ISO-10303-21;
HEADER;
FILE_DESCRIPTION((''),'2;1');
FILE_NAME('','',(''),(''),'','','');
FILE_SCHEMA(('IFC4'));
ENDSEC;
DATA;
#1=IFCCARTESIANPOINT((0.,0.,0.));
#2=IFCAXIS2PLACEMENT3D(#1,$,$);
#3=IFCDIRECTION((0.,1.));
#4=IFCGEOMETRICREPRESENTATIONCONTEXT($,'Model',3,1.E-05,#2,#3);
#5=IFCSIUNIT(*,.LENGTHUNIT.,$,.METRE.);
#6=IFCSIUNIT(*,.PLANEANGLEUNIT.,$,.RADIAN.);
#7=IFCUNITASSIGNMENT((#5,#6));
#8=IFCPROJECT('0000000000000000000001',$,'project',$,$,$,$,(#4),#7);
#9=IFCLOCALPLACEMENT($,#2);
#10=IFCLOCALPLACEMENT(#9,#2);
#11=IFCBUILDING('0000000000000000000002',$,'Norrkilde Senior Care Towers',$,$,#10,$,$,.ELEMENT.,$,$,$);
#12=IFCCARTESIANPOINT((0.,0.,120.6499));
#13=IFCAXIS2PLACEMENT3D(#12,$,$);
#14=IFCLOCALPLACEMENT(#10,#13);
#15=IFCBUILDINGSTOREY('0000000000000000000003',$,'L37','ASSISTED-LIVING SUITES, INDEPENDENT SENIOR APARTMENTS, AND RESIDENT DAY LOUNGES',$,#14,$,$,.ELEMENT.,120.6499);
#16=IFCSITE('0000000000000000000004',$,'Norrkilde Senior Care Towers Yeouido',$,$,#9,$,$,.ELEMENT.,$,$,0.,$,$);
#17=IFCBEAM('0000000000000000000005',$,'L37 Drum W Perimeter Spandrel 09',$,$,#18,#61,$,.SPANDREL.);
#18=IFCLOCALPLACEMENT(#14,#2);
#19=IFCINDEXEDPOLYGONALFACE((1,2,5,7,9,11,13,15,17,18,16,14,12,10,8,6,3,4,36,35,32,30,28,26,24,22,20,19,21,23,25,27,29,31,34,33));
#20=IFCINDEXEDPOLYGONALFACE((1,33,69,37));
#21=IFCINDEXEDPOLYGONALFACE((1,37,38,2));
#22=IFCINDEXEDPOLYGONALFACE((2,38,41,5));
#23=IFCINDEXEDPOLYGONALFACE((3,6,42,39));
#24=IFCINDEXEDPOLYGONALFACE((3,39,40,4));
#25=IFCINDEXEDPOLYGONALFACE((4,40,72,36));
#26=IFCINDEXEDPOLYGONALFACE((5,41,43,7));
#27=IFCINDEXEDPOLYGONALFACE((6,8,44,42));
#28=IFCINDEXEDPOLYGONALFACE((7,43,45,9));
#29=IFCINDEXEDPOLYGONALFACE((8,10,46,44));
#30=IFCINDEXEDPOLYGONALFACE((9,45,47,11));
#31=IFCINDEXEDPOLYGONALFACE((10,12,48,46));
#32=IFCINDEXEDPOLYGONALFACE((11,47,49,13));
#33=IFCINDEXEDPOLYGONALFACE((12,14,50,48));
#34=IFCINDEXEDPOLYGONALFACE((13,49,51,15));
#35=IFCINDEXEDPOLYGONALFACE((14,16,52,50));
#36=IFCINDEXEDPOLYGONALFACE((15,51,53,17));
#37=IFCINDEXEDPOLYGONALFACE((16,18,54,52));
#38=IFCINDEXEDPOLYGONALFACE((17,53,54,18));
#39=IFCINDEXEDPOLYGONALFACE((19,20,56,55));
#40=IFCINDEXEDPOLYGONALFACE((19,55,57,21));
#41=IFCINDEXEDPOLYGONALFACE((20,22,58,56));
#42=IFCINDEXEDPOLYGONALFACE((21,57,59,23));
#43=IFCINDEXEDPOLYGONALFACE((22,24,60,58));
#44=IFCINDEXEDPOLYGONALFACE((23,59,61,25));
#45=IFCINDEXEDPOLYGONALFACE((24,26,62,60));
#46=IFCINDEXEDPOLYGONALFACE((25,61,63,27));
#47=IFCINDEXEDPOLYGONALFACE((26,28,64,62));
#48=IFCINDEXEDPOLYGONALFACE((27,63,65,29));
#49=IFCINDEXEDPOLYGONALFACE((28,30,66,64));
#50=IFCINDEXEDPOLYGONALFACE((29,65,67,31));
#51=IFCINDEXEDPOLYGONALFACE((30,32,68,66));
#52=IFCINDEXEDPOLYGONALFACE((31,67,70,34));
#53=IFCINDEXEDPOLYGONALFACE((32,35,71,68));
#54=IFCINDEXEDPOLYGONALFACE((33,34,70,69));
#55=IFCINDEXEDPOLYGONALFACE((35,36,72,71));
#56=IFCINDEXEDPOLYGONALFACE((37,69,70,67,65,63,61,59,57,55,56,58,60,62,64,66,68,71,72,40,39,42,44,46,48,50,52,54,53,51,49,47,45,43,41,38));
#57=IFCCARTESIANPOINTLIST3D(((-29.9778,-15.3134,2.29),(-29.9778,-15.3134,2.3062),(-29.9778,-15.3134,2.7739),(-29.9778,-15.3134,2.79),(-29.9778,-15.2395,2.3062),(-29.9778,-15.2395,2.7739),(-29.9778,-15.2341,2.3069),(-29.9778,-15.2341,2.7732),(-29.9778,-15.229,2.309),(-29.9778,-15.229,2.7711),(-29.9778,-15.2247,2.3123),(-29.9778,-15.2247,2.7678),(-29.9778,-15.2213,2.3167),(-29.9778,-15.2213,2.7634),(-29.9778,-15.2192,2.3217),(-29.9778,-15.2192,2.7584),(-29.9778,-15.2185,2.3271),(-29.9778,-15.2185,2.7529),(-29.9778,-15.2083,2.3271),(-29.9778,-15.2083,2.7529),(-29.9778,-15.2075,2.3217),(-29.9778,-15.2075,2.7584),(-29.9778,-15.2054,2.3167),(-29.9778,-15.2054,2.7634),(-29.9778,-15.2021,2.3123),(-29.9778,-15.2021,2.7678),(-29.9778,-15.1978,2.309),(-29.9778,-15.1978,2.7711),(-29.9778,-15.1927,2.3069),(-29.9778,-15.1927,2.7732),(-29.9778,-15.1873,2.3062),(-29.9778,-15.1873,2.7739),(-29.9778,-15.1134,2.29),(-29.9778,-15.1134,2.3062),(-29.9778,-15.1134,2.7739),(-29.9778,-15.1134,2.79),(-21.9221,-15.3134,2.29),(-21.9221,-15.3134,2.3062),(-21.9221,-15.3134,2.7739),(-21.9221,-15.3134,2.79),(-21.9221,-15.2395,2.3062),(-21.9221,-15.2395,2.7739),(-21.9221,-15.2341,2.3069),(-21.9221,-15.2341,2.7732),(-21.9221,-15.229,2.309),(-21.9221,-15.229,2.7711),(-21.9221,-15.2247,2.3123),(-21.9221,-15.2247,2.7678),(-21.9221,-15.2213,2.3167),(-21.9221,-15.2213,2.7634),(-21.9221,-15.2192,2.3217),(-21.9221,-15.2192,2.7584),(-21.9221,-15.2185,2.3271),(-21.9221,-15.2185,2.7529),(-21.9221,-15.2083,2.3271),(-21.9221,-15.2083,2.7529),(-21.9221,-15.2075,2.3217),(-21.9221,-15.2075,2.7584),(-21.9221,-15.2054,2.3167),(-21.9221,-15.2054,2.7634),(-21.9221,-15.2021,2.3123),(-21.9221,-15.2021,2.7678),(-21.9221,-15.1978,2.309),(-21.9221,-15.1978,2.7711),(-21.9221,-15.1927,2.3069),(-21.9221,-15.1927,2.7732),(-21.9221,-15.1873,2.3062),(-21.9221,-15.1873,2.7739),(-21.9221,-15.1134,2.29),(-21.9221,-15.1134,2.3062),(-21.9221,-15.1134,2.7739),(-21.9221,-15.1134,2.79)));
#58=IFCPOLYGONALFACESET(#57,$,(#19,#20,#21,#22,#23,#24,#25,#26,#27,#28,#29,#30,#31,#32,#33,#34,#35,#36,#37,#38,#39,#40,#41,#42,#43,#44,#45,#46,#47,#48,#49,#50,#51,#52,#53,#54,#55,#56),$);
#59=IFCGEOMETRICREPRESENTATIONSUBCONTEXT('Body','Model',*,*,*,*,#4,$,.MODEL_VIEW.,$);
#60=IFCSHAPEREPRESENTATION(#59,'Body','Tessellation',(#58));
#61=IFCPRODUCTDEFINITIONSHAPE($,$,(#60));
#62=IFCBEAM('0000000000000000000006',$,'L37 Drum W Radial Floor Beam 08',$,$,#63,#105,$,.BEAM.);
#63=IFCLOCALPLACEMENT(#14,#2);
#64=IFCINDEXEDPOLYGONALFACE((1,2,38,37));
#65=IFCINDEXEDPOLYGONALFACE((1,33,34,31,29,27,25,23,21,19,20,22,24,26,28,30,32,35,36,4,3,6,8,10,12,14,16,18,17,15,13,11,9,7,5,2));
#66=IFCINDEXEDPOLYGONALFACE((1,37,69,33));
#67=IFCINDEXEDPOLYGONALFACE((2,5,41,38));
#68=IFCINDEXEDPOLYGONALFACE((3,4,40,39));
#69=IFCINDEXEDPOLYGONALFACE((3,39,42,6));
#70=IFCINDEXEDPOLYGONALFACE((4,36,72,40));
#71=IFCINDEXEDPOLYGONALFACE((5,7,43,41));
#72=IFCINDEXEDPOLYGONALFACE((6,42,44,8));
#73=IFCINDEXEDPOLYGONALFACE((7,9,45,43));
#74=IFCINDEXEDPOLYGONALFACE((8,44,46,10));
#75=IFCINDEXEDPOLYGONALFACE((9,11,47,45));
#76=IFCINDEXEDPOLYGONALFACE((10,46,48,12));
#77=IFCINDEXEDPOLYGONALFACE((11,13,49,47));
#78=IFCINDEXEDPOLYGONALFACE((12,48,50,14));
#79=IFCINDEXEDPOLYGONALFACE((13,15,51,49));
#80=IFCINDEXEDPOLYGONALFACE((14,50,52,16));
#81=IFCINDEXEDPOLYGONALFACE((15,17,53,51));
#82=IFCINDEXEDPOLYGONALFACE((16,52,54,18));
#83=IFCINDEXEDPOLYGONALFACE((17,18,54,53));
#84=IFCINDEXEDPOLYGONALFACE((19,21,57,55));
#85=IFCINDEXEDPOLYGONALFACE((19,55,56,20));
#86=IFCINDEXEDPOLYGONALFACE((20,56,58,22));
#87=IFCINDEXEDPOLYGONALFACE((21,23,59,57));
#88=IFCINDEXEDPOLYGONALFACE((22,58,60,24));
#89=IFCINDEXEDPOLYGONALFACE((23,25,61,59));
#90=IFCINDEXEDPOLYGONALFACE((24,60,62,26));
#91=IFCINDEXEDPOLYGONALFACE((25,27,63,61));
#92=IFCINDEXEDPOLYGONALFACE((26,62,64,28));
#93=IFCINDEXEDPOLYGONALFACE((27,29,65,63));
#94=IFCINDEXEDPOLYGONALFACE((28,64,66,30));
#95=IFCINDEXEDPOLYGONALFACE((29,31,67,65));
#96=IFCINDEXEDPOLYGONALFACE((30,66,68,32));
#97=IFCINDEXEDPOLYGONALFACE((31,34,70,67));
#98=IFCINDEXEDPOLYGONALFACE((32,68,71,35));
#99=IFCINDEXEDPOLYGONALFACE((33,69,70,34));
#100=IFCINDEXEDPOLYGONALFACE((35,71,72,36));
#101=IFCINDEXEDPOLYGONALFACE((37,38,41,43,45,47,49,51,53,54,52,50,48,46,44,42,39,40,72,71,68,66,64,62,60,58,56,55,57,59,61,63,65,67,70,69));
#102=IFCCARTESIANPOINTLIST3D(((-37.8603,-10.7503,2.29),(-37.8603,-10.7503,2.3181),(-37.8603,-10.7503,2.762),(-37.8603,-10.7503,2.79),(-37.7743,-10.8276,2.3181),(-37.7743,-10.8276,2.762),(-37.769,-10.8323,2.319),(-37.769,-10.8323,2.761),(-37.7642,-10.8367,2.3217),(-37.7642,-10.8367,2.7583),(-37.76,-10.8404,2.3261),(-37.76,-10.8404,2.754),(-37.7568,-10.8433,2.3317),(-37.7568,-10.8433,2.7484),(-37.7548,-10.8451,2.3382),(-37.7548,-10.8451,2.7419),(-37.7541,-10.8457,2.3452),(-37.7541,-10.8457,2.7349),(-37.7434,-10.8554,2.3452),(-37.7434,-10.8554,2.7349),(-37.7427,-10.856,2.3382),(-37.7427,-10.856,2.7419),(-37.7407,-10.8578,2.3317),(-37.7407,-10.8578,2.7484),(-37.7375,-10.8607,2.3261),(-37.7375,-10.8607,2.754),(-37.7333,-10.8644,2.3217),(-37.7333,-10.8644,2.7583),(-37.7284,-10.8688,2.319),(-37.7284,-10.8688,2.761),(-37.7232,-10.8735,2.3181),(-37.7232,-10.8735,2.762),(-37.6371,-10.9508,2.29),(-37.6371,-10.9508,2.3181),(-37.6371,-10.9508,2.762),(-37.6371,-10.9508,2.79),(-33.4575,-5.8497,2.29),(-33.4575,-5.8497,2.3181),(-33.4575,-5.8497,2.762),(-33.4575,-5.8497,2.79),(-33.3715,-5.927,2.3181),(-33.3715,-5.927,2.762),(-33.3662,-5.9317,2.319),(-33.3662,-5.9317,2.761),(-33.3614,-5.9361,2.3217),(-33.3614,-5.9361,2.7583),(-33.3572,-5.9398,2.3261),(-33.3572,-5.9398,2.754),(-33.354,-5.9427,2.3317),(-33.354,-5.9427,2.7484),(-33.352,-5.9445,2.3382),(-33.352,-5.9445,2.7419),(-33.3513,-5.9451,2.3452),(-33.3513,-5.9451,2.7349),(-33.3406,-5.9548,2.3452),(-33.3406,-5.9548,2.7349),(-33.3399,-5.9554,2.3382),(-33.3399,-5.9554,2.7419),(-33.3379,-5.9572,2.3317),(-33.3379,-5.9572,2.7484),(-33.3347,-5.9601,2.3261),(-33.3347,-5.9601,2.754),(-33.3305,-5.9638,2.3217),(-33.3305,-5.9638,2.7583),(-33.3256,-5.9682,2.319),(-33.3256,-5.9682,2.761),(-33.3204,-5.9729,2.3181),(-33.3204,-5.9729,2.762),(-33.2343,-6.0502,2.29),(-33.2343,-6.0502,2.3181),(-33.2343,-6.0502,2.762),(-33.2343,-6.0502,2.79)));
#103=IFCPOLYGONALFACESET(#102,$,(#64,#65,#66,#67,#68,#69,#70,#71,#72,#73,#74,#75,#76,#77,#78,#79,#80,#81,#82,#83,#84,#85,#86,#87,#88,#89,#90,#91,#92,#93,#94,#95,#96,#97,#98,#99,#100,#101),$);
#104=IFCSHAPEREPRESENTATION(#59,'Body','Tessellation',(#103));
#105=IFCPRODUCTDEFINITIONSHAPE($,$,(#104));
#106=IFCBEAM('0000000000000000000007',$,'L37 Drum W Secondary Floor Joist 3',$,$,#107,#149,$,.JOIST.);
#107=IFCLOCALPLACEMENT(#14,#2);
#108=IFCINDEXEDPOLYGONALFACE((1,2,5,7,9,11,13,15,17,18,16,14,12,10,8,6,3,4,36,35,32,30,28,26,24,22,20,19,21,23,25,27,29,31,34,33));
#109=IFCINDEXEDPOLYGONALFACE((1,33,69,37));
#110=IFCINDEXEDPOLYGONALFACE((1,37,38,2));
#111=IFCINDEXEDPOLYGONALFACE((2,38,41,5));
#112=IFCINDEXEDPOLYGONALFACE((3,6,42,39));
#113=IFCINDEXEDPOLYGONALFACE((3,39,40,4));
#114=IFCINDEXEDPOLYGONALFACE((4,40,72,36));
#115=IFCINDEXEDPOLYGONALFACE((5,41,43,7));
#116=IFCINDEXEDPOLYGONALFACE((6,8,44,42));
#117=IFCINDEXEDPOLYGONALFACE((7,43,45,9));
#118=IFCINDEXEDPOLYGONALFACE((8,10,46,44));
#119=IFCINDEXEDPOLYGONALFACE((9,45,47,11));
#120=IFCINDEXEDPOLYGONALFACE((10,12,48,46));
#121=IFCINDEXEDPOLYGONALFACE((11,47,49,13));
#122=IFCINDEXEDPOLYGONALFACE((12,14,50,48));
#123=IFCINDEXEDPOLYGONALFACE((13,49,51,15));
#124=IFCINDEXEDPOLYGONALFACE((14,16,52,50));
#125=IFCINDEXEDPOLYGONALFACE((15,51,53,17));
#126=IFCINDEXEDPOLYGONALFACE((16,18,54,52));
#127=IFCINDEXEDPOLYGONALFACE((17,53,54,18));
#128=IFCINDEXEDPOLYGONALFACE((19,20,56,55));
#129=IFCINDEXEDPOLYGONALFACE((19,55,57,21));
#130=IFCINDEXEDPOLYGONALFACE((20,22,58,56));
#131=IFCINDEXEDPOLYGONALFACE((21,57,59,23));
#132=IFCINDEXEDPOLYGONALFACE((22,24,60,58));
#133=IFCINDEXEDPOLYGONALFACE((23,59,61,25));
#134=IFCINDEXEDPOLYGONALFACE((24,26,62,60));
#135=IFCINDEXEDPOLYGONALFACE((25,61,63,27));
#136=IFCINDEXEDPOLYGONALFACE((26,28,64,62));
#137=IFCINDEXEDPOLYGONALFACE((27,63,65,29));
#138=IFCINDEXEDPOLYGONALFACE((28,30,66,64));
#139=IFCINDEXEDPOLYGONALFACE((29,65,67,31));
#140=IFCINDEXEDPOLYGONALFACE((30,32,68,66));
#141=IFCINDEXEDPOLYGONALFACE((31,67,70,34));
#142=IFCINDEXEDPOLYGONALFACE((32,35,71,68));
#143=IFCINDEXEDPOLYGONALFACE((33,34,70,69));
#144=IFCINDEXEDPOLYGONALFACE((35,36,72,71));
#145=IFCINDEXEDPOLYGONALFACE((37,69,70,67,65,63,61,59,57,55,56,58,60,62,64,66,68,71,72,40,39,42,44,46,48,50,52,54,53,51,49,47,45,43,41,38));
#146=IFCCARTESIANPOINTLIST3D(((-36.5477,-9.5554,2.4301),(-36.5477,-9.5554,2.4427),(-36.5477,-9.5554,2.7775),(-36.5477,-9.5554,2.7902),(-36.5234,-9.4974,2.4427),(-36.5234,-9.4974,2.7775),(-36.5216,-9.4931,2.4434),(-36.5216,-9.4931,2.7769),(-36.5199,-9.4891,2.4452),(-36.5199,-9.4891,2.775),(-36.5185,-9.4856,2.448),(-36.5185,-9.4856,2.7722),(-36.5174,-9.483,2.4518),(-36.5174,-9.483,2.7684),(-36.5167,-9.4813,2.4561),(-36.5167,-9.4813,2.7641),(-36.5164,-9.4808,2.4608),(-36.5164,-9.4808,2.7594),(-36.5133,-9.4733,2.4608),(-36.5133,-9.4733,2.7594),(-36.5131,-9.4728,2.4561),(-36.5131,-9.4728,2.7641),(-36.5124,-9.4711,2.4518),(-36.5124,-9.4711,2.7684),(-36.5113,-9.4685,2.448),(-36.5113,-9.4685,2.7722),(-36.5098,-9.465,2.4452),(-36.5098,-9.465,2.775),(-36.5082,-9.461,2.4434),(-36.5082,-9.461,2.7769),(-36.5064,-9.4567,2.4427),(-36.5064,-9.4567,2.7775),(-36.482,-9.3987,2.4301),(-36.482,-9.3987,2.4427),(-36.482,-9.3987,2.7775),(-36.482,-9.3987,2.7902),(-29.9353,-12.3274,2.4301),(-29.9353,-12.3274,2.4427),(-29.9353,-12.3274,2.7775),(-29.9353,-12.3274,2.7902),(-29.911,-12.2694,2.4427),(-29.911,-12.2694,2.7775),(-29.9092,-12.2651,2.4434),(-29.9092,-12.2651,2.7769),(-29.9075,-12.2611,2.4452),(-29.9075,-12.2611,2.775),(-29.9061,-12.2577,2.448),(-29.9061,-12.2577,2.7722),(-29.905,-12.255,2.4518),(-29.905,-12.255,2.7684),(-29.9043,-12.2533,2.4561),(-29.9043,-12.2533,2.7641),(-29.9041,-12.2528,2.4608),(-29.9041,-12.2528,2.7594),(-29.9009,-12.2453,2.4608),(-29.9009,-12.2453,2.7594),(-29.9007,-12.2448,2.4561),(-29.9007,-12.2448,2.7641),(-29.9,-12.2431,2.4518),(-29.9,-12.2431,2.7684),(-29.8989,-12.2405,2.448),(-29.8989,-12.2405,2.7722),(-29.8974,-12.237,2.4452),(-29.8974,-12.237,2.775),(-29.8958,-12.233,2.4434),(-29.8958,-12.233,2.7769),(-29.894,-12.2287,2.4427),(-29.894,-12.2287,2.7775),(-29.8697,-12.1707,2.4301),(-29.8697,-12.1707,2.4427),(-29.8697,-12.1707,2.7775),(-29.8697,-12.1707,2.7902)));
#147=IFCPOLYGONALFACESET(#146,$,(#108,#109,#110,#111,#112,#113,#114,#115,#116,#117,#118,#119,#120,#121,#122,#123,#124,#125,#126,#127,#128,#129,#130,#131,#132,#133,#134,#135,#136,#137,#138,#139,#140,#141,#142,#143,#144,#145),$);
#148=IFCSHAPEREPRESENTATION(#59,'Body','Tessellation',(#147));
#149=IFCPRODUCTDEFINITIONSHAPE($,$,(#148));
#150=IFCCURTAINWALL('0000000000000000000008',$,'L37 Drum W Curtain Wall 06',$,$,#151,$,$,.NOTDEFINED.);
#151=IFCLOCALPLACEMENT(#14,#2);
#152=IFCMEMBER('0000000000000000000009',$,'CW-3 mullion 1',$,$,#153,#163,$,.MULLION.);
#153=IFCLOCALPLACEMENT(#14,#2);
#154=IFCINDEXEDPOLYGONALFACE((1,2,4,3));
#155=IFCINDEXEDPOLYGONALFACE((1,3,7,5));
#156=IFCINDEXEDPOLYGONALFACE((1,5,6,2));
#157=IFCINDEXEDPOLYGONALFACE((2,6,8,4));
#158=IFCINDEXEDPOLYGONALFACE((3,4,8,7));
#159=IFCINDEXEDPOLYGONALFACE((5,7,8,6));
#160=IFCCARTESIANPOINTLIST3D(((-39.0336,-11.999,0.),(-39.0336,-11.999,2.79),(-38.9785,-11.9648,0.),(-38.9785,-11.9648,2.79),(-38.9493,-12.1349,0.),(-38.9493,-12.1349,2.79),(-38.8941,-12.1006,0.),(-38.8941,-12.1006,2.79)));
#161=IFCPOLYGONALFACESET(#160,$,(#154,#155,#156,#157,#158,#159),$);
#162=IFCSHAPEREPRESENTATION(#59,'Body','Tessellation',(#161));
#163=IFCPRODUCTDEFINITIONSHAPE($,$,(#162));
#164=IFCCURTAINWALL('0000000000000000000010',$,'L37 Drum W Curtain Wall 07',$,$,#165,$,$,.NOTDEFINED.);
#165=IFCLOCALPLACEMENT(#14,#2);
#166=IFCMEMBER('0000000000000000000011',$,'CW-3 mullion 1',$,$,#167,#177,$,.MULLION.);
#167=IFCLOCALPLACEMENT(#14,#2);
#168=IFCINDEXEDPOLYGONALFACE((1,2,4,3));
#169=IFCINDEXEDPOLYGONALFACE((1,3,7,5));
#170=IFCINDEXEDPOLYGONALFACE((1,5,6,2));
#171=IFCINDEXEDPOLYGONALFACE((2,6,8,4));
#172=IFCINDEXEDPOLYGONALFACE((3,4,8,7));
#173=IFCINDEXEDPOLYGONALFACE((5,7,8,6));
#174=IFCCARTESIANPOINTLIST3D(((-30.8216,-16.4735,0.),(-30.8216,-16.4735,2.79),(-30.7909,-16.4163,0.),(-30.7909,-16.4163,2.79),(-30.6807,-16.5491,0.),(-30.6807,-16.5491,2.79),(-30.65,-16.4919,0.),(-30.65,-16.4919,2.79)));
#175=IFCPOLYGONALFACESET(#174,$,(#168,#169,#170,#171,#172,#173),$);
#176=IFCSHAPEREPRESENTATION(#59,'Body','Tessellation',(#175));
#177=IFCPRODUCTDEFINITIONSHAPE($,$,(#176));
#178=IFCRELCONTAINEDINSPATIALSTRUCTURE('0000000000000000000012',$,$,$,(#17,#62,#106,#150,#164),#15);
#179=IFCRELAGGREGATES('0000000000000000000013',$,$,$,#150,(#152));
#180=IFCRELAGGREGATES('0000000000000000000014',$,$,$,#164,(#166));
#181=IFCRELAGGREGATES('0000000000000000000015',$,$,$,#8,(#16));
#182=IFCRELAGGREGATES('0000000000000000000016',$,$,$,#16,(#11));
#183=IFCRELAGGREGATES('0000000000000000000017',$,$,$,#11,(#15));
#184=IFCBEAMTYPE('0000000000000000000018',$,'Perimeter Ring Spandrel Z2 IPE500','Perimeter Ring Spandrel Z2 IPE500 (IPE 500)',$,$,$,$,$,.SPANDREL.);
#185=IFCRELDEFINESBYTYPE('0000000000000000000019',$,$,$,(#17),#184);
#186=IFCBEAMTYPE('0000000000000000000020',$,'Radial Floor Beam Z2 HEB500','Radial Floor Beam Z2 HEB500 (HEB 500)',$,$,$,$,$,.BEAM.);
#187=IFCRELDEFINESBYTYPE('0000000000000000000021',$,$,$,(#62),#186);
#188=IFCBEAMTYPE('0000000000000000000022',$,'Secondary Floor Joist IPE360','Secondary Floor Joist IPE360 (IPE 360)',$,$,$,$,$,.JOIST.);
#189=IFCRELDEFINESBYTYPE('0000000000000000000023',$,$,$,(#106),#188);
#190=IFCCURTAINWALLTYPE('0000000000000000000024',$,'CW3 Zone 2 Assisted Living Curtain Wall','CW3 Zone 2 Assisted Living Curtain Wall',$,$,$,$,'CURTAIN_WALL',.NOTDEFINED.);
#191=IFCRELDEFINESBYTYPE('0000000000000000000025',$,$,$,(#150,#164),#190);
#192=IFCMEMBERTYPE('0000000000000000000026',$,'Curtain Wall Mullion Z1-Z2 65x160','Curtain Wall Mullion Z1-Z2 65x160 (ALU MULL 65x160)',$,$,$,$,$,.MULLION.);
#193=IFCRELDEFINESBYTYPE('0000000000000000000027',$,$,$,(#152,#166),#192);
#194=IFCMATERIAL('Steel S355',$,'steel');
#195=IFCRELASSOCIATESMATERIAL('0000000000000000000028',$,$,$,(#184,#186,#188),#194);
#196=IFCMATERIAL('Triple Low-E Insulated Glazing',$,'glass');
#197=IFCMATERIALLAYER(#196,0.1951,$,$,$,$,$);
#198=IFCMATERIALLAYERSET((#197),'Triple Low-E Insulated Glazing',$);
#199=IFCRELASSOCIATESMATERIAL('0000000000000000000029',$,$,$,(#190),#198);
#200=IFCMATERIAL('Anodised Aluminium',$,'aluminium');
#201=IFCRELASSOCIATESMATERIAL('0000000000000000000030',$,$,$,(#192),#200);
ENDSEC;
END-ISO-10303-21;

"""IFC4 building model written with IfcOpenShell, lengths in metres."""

from ifc_helpers import new_model, si_unit, direction, frame, origin, origin_2d, place, context, subcontext, project, spatial, rectangle, i_section, extrude, source, transform, mapped, material, layer, layer_set, material_profile, profile_set, type_object, type_shapes, element, aggregate, save


model = new_model("IFC4")

# Units and contexts
model_context = context("Model", 3, precision=1e-05, world=origin(), true_north=direction((0.0, 1.0)))
body_context = subcontext(model_context, "Body", "Model", "MODEL_VIEW")
ifc_project = project(units=[si_unit("LENGTHUNIT", "METRE"), si_unit("PLANEANGLEUNIT", "RADIAN")], contexts=[model_context])

# Site, building, storey
site_placement = place(None, origin())
site = spatial("IfcSite", under=ifc_project, at=site_placement, Name="Norrkilde Senior Care Towers Yeouido", CompositionType="ELEMENT", RefElevation=0.0)
building_placement = place(site_placement, origin())
building = spatial("IfcBuilding", under=site, at=building_placement, Name="Norrkilde Senior Care Towers", CompositionType="ELEMENT")
storey_placement = place(building_placement, frame((0.0, 0.0, 120.6499)))
storey = spatial("IfcBuildingStorey", under=building, at=storey_placement, Name="L37", Description="ASSISTED-LIVING SUITES, INDEPENDENT SENIOR APARTMENTS, AND RESIDENT DAY LOUNGES", CompositionType="ELEMENT", Elevation=120.6499)

# Beams
ifc_material_1 = material(Name="Steel S355", Category="steel")
ifc_material_profile_1 = material_profile(ifc_material_1, i_section(OverallWidth=0.2, OverallDepth=0.5, WebThickness=0.0103, FlangeThickness=0.0161, FilletRadius=0.021, at=origin_2d()), Name="IPE 500")
ifc_profile_set_1 = profile_set([ifc_material_profile_1], Name="Steel S355")
beam_type_1 = type_object("IfcBeamType", Name="Perimeter Ring Spandrel Z2 IPE500", Description="Perimeter Ring Spandrel Z2 IPE500 (IPE 500)", PredefinedType="SPANDREL", material=ifc_profile_set_1)
shared_shape_1 = source(origin(), body_context, "Body", "SweptSolid", [
    extrude(i_section(OverallWidth=0.2, OverallDepth=0.5, WebThickness=0.0103, FlangeThickness=0.0161, FilletRadius=0.021, at=origin_2d()), origin(), (0.0, 0.0, 1.0), 8.0557),
])
beam_1_placement = place(storey_placement, frame((-29.9778, -15.2134, 2.54), z_axis=(1.0, 0.0, 0.0), x_axis=(0.0, 1.0, 0.0)))
element("IfcBeam", 1, at=beam_1_placement, inside=storey, type_object=beam_type_1, Name="L37 Drum W Perimeter Spandrel 09", PredefinedType="SPANDREL", context=body_context, shape_type="MappedRepresentation", body=[
    mapped(shared_shape_1, transform((0.0, 0.0, 0.0), x_axis=(1.0, 0.0, 0.0), y_axis=(0.0, 1.0, 0.0), z_axis=(0.0, 0.0, 1.0), scale=1.0)),
])
ifc_material_profile_2 = material_profile(ifc_material_1, i_section(OverallWidth=0.3, OverallDepth=0.5, WebThickness=0.0144, FlangeThickness=0.0281, FilletRadius=0.0271, at=origin_2d()), Name="HEB 500")
ifc_profile_set_2 = profile_set([ifc_material_profile_2], Name="Steel S355")
beam_type_2 = type_object("IfcBeamType", Name="Radial Floor Beam Z2 HEB500", Description="Radial Floor Beam Z2 HEB500 (HEB 500)", PredefinedType="BEAM", material=ifc_profile_set_2)
shared_shape_2 = source(origin(), body_context, "Body", "SweptSolid", [
    extrude(i_section(OverallWidth=0.3, OverallDepth=0.5, WebThickness=0.0144, FlangeThickness=0.0281, FilletRadius=0.0271, at=origin_2d()), origin(), (0.0, 0.0, 1.0), 6.5879),
])
type_shapes(beam_type_2, [shared_shape_2])
beam_2_placement = place(storey_placement, frame((-33.3459, -5.95, 2.54), z_axis=(-0.668315, -0.743878, 0.0), x_axis=(0.743878, -0.668315, 0.0)))
element("IfcBeam", 2, at=beam_2_placement, inside=storey, type_object=beam_type_2, Name="L37 Drum W Radial Floor Beam 08", PredefinedType="BEAM", context=body_context, shape_type="MappedRepresentation", body=[
    mapped(shared_shape_2, transform((0.0, 0.0, 0.0), x_axis=(1.0, 0.0, 0.0), y_axis=(0.0, 1.0, 0.0), z_axis=(0.0, 0.0, 1.0), scale=1.0)),
])
ifc_material_profile_3 = material_profile(ifc_material_1, i_section(OverallWidth=0.1699, OverallDepth=0.3601, WebThickness=0.0081, FlangeThickness=0.0127, FilletRadius=0.0181, at=origin_2d()), Name="IPE 360")
ifc_profile_set_3 = profile_set([ifc_material_profile_3], Name="Steel S355")
beam_type_3 = type_object("IfcBeamType", Name="Secondary Floor Joist IPE360", Description="Secondary Floor Joist IPE360 (IPE 360)", PredefinedType="JOIST", material=ifc_profile_set_3)
shared_shape_3 = source(origin(), body_context, "Body", "SweptSolid", [
    extrude(i_section(OverallWidth=0.1699, OverallDepth=0.3601, WebThickness=0.0081, FlangeThickness=0.0127, FilletRadius=0.0181, at=origin_2d()), origin(), (0.0, 0.0, 1.0), 7.1699),
])
type_shapes(beam_type_3, [shared_shape_3])
beam_3_placement = place(storey_placement, frame((-36.5149, -9.4771, 2.6101), z_axis=(0.922241, -0.386616, 0.0), x_axis=(0.386616, 0.922241, 0.0)))
element("IfcBeam", 3, at=beam_3_placement, inside=storey, type_object=beam_type_3, Name="L37 Drum W Secondary Floor Joist 3", PredefinedType="JOIST", context=body_context, shape_type="MappedRepresentation", body=[
    mapped(shared_shape_3, transform((0.0, 0.0, 0.0), x_axis=(1.0, 0.0, 0.0), y_axis=(0.0, 1.0, 0.0), z_axis=(0.0, 0.0, 1.0), scale=1.0)),
])

# Curtain wall, member
ifc_material_2 = material(Name="Triple Low-E Insulated Glazing", Category="glass")
ifc_layer_1 = layer(ifc_material_2, 0.1951)
ifc_layer_set_1 = layer_set([ifc_layer_1], Name="Triple Low-E Insulated Glazing")
curtain_wall_type = type_object("IfcCurtainWallType", Name="CW3 Zone 2 Assisted Living Curtain Wall", Description="CW3 Zone 2 Assisted Living Curtain Wall", ElementType="CURTAIN_WALL", PredefinedType="NOTDEFINED", material=ifc_layer_set_1)
curtain_wall_1_placement = place(storey_placement, origin())
curtain_wall_1 = element("IfcCurtainWall", 4, at=curtain_wall_1_placement, inside=storey, type_object=curtain_wall_type, Name="L37 Drum W Curtain Wall 06", PredefinedType="NOTDEFINED")
ifc_material_3 = material(Name="Anodised Aluminium", Category="aluminium")
ifc_material_profile_4 = material_profile(ifc_material_3, rectangle(XDim=0.0649, YDim=0.1599, at=origin_2d()), Name="ALU MULL 65x160")
ifc_profile_set_4 = profile_set([ifc_material_profile_4], Name="Anodised Aluminium")
member_type_1 = type_object("IfcMemberType", Name="Curtain Wall Mullion Z1-Z2 65x160", Description="Curtain Wall Mullion Z1-Z2 65x160 (ALU MULL 65x160)", PredefinedType="MULLION", material=ifc_profile_set_4)
shared_shape_4 = source(origin(), body_context, "Body", "SweptSolid", [
    extrude(rectangle(XDim=0.0649, YDim=0.1599, at=origin_2d()), origin(), (0.0, 0.0, 1.0), 2.79),
])
type_shapes(member_type_1, [shared_shape_4])
member_1_placement = place(storey_placement, frame((-38.9639, -12.0498, 0.0), z_axis=(0.0, 0.0, 1.0), x_axis=(-0.84941, -0.527733, 0.0)))
member_1 = element("IfcMember", 5, at=member_1_placement, type_object=member_type_1, Name="CW-3 mullion 1", PredefinedType="MULLION", context=body_context, shape_type="MappedRepresentation", body=[
    mapped(shared_shape_4, transform((0.0, 0.0, 0.0), x_axis=(1.0, 0.0, 0.0), y_axis=(0.0, 1.0, 0.0), z_axis=(0.0, 0.0, 1.0), scale=1.0)),
])

# Curtain wall, member
curtain_wall_2_placement = place(storey_placement, origin())
curtain_wall_2 = element("IfcCurtainWall", 6, at=curtain_wall_2_placement, inside=storey, type_object=curtain_wall_type, Name="L37 Drum W Curtain Wall 07", PredefinedType="NOTDEFINED")
member_2_placement = place(storey_placement, frame((-30.7358, -16.4827, 0.0), z_axis=(0.0, 0.0, 1.0), x_axis=(-0.472769, -0.881186, 0.0)))
member_2 = element("IfcMember", 7, at=member_2_placement, type_object=member_type_1, Name="CW-3 mullion 1", PredefinedType="MULLION", context=body_context, shape_type="MappedRepresentation", body=[
    mapped(shared_shape_4, transform((0.0, 0.0, 0.0), x_axis=(1.0, 0.0, 0.0), y_axis=(0.0, 1.0, 0.0), z_axis=(0.0, 0.0, 1.0), scale=1.0)),
])

aggregate(curtain_wall_1, [member_1])
aggregate(curtain_wall_2, [member_2])

save(model, "model.ifc")
